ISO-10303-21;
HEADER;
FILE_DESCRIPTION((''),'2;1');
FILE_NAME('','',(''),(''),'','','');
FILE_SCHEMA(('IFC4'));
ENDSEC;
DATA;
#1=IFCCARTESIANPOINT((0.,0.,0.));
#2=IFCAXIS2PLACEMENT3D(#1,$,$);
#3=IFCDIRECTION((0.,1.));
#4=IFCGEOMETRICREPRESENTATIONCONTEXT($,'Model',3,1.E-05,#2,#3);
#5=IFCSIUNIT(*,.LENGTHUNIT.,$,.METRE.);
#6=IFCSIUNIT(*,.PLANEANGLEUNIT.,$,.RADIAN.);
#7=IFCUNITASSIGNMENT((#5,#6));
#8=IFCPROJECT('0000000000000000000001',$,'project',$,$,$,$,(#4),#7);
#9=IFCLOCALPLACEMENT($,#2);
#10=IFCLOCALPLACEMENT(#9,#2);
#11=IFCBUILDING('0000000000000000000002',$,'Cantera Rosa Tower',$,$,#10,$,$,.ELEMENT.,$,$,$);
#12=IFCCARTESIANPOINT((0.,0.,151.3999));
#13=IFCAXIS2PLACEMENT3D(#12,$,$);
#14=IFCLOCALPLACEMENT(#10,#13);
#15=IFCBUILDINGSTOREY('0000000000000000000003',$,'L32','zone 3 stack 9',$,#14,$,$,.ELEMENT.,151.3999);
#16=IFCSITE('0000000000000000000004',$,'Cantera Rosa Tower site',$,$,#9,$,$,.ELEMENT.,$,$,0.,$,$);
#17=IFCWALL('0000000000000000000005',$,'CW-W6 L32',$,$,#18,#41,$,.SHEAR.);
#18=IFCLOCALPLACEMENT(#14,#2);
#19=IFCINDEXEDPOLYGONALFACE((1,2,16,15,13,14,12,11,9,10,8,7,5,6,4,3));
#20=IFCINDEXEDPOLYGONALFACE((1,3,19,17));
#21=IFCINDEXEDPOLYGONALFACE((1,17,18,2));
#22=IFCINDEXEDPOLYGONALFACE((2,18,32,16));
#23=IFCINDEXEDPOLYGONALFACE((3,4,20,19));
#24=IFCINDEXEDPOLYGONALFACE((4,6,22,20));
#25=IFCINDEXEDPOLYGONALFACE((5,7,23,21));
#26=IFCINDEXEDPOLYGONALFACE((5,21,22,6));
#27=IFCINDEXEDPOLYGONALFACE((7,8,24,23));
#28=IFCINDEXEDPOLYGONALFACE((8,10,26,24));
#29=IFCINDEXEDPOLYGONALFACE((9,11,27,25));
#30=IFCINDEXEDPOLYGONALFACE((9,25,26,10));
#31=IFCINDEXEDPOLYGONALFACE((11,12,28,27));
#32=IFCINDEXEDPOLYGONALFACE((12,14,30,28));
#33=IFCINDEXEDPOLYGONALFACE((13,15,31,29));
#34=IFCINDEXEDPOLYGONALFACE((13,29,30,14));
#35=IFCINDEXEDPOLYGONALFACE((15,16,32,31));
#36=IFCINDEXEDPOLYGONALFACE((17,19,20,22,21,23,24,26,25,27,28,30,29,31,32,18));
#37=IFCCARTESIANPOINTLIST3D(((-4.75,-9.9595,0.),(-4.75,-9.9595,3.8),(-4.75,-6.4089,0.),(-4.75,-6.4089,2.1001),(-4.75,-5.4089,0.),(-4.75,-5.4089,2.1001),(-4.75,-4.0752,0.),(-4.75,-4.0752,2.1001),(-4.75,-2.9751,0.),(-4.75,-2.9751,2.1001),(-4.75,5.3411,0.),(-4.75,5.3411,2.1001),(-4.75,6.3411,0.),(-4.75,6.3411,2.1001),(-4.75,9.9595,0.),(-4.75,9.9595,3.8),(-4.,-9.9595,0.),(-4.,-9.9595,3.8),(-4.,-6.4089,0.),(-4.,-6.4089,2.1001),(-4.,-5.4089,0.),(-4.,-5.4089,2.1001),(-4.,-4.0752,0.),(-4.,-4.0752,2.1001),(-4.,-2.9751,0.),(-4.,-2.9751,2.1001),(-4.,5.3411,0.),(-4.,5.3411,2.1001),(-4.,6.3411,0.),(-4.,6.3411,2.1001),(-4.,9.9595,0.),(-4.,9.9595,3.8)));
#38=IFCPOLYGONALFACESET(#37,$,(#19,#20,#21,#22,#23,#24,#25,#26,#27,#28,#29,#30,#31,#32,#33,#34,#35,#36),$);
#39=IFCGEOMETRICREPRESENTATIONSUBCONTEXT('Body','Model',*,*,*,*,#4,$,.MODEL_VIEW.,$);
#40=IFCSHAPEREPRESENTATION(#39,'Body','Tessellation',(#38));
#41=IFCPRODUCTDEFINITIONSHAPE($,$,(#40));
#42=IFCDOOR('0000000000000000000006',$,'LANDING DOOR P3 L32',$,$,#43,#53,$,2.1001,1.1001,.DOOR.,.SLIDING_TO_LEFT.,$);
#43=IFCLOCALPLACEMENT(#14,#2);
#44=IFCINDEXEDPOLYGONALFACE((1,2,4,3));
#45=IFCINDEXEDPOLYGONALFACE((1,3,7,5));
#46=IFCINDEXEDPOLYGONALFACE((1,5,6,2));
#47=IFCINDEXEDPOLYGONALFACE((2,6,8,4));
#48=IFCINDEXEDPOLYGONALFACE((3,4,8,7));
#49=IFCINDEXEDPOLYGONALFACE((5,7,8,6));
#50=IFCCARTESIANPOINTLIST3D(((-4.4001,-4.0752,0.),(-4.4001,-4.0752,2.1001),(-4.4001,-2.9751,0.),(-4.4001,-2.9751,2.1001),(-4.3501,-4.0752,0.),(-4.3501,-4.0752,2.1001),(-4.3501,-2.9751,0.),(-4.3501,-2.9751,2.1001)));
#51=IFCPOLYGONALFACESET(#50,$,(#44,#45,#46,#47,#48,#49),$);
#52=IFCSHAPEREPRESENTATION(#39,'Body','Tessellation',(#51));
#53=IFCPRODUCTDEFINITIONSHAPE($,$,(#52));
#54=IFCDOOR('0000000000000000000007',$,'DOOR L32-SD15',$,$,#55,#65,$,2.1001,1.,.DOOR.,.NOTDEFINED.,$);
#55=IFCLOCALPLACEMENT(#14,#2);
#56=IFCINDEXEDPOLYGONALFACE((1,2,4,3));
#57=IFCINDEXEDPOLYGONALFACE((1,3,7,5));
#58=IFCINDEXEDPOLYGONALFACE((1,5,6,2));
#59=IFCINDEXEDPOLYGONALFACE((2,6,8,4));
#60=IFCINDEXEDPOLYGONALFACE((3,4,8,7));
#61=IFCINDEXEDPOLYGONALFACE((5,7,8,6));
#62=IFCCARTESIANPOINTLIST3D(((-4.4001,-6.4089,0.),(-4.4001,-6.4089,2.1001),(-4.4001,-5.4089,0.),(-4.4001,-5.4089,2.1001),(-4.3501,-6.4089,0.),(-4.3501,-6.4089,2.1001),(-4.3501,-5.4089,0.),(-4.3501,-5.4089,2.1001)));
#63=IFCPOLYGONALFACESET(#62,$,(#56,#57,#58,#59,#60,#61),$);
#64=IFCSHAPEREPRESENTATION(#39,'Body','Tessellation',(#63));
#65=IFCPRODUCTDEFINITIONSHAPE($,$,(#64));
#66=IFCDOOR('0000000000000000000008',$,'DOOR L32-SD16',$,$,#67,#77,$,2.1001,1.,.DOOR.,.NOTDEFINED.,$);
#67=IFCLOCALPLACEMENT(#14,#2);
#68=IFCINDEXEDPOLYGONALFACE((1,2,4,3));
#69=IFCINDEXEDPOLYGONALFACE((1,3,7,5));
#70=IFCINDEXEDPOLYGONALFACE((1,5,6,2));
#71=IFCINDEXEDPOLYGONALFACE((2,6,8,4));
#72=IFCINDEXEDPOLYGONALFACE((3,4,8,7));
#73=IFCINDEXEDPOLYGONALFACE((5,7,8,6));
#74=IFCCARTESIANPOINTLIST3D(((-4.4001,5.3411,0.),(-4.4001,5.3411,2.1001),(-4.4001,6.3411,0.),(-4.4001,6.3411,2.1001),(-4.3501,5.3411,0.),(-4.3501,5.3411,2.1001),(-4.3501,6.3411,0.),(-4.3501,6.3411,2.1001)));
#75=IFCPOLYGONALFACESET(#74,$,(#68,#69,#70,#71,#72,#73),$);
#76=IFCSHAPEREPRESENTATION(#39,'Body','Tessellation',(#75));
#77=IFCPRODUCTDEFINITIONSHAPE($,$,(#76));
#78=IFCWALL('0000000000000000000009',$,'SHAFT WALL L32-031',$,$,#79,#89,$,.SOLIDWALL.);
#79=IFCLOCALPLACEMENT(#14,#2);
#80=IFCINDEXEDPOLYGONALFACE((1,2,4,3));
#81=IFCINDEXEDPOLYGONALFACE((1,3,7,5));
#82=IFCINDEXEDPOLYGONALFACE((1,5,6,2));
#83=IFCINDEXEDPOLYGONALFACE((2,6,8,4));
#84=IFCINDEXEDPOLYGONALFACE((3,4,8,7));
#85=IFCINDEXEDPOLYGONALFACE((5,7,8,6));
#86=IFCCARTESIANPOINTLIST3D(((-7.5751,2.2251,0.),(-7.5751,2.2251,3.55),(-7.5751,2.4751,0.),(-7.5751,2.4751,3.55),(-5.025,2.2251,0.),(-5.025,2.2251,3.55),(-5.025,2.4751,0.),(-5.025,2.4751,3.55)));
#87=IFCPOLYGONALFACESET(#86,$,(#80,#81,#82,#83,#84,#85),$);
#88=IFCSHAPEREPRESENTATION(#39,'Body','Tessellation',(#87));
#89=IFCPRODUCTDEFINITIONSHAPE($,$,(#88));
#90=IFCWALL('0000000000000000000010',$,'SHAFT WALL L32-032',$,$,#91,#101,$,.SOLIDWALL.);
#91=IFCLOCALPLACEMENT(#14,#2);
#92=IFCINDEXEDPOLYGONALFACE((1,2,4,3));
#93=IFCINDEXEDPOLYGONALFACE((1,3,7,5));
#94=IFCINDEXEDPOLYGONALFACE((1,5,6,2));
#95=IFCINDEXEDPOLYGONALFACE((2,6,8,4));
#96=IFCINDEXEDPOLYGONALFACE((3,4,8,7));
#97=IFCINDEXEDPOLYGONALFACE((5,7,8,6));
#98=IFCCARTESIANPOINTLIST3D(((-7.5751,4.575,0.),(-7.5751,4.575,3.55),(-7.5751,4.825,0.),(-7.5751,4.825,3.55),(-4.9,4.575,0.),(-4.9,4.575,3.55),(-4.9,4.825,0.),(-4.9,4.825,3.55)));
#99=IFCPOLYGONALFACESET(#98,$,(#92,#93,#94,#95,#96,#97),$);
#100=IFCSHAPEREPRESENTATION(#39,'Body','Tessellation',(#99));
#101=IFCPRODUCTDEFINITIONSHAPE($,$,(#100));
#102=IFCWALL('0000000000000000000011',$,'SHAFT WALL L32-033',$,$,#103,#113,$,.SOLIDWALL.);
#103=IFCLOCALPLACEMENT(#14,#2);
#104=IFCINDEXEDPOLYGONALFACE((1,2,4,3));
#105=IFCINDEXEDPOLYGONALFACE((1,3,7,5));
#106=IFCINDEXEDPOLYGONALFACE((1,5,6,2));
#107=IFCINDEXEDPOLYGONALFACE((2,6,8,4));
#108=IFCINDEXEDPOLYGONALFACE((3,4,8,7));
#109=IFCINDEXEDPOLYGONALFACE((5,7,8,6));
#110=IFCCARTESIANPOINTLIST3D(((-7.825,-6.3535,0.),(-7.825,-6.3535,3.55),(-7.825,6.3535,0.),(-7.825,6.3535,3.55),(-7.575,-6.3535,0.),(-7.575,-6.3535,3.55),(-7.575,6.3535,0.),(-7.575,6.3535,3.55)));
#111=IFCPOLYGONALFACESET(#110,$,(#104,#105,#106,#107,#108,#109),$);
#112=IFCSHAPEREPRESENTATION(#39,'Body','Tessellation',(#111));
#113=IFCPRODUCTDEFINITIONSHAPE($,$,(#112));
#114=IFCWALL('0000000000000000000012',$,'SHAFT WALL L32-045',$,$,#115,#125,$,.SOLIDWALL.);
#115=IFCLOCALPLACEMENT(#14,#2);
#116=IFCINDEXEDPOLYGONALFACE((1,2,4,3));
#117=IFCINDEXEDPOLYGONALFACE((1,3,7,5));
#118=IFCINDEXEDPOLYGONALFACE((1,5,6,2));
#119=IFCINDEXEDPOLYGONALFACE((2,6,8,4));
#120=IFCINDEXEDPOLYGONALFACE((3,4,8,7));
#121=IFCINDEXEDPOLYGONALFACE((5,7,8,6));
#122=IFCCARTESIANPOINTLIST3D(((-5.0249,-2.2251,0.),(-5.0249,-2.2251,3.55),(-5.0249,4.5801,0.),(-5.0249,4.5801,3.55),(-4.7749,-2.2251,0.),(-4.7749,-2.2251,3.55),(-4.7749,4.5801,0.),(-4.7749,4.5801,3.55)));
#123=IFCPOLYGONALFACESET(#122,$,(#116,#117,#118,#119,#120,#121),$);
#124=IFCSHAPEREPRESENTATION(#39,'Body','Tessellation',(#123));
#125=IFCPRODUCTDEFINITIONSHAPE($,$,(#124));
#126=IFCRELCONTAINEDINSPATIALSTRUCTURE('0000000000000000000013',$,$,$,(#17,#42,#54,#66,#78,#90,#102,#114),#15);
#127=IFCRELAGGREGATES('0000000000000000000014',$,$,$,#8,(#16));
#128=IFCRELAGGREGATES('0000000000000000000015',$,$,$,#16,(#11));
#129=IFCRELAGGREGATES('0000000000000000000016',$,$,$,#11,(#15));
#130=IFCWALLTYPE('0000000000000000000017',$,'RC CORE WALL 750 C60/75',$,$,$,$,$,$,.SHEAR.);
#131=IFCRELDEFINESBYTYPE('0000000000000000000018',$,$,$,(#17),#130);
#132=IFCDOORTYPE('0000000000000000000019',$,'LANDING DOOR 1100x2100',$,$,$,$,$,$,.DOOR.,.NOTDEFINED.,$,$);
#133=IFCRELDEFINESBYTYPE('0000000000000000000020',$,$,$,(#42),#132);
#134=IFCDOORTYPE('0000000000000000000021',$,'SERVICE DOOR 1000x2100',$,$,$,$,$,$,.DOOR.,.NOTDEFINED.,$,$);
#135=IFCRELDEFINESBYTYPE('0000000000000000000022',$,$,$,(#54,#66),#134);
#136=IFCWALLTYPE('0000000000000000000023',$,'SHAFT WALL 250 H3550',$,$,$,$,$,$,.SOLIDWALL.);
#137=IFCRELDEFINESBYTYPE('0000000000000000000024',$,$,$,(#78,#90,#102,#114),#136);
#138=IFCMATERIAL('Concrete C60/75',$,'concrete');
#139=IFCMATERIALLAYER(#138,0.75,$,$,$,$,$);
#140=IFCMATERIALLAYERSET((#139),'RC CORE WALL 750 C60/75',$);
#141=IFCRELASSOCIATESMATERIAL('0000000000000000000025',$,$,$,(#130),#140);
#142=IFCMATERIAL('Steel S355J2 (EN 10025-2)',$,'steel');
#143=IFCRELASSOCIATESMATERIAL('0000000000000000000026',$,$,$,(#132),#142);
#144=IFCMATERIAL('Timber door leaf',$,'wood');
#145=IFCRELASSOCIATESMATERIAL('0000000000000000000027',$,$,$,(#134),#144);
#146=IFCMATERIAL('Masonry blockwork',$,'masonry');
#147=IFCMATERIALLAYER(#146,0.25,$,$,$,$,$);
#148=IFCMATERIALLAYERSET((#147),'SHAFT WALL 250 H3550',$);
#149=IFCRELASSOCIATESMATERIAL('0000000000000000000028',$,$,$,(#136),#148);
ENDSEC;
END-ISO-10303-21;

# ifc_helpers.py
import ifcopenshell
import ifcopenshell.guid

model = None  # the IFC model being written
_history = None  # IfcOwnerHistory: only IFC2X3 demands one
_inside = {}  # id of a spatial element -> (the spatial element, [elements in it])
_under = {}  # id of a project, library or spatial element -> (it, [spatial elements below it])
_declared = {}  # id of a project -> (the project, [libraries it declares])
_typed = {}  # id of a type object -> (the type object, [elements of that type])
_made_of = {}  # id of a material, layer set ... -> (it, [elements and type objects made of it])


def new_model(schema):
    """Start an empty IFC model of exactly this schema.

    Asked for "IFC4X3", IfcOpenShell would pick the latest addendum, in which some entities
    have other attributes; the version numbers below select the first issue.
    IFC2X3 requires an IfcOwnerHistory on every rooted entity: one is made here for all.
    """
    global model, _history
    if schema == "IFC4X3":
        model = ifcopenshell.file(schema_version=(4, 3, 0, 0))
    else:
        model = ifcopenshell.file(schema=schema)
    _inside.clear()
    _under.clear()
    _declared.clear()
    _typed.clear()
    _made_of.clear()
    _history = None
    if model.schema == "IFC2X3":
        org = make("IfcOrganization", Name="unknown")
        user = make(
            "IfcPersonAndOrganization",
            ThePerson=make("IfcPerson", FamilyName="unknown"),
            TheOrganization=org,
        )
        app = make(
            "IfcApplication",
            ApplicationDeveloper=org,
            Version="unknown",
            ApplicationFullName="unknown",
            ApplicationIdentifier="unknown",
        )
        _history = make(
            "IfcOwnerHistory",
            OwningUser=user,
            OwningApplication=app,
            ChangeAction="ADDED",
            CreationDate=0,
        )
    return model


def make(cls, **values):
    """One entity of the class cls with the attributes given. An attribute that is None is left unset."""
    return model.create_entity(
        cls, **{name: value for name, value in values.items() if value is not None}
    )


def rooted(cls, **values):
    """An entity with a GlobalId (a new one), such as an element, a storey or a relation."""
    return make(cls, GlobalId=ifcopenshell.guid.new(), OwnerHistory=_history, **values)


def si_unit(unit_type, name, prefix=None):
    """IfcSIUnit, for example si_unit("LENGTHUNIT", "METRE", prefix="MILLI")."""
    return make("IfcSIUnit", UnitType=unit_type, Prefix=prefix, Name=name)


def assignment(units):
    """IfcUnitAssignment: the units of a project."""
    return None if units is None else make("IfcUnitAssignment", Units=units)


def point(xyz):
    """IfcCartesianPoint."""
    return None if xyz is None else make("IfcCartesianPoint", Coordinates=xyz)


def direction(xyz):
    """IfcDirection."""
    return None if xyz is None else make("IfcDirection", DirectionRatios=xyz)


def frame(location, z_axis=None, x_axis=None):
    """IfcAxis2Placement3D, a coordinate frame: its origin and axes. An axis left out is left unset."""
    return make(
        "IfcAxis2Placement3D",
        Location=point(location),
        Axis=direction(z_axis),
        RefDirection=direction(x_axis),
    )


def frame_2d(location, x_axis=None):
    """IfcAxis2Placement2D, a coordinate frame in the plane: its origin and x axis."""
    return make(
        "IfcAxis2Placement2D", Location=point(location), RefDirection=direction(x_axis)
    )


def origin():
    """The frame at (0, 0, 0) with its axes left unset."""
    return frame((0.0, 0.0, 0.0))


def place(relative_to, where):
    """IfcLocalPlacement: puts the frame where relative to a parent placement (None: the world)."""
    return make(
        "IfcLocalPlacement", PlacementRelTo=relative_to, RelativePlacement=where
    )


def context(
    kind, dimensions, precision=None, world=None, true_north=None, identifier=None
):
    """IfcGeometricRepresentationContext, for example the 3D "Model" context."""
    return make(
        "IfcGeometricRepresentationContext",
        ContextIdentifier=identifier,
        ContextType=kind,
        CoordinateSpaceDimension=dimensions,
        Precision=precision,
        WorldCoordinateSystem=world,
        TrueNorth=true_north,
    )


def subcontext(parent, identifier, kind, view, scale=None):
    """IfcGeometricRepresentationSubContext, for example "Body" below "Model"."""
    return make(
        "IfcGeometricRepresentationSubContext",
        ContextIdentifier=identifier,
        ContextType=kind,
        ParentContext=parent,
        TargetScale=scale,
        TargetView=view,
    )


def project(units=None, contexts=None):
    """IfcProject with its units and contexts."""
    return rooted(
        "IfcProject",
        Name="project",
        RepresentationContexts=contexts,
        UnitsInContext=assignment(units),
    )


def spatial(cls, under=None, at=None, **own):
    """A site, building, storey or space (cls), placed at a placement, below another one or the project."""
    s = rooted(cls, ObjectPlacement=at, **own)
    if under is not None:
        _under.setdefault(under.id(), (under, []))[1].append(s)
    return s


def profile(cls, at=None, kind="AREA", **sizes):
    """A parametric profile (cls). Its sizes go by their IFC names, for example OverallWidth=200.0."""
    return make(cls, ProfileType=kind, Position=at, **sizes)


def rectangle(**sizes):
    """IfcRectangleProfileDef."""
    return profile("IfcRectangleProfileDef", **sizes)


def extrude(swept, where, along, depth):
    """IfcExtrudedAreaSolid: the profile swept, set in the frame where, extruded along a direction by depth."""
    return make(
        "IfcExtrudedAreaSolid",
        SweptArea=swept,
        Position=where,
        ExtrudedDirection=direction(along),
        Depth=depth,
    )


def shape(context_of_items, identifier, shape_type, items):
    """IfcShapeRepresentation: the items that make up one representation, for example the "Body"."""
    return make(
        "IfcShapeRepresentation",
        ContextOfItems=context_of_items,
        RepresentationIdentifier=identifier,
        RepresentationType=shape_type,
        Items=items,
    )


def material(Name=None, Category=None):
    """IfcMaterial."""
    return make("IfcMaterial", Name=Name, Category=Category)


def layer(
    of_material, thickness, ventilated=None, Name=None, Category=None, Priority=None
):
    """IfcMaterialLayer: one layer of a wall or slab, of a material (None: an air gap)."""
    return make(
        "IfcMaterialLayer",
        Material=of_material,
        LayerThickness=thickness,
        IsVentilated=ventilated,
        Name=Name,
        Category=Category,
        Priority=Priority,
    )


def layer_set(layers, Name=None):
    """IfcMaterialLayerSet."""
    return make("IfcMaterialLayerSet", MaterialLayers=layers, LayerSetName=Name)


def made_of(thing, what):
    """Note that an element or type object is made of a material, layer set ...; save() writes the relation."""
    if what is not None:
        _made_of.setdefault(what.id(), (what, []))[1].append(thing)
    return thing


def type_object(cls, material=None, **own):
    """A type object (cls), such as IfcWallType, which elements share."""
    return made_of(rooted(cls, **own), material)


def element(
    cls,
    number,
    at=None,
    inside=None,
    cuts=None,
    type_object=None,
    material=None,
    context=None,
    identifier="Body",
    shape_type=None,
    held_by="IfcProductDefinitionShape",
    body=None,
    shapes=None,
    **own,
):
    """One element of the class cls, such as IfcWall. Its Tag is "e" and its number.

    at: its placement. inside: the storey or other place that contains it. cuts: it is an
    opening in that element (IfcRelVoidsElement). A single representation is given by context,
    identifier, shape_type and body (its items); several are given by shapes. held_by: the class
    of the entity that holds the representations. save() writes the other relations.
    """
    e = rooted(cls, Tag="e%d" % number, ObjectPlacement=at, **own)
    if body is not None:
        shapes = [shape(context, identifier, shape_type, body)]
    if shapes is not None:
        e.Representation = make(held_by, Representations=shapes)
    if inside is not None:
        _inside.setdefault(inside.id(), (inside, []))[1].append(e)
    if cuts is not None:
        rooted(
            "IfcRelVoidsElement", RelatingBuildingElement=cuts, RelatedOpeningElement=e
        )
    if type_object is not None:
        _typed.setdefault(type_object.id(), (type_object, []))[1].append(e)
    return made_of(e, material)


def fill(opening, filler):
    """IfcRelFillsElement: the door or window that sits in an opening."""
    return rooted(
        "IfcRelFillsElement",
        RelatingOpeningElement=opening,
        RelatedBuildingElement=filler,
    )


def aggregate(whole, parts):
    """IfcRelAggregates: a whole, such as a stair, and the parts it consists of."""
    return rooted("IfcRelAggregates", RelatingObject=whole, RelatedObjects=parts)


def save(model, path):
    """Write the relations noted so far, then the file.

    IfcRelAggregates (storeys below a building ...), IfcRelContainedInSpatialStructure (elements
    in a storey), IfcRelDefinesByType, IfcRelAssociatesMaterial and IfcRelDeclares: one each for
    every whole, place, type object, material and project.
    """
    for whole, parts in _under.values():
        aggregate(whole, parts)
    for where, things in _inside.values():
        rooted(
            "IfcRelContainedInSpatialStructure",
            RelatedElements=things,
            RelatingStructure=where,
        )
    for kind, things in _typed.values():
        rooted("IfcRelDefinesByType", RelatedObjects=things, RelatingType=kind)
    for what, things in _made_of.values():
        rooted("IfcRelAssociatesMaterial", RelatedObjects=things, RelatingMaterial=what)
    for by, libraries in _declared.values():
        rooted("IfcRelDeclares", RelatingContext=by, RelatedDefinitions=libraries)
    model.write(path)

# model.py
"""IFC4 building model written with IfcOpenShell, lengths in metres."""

from ifc_helpers import new_model, si_unit, direction, frame, frame_2d, origin, place, context, subcontext, project, spatial, rectangle, extrude, material, layer, layer_set, type_object, element, fill, save


model = new_model("IFC4")

# Units and contexts
model_context = context("Model", 3, precision=1e-05, world=origin(), true_north=direction((0.0, 1.0)))
body_context = subcontext(model_context, "Body", "Model", "MODEL_VIEW")
ifc_project = project(units=[si_unit("LENGTHUNIT", "METRE"), si_unit("PLANEANGLEUNIT", "RADIAN")], contexts=[model_context])

# Site, building, storey
site_placement = place(None, origin())
site = spatial("IfcSite", under=ifc_project, at=site_placement, Name="Cantera Rosa Tower site", CompositionType="ELEMENT", RefElevation=0.0)
building_placement = place(site_placement, origin())
building = spatial("IfcBuilding", under=site, at=building_placement, Name="Cantera Rosa Tower", CompositionType="ELEMENT")
storey_placement = place(building_placement, frame((0.0, 0.0, 151.3999)))
storey = spatial("IfcBuildingStorey", under=building, at=storey_placement, Name="L32", Description="zone 3 stack 9", CompositionType="ELEMENT", Elevation=151.3999)

# Shared definitions
ifc_material_1 = material(Name="Concrete C60/75", Category="concrete")
ifc_layer_1 = layer(ifc_material_1, 0.75)
ifc_layer_set_1 = layer_set([ifc_layer_1], Name="RC CORE WALL 750 C60/75")
wall_type_1 = type_object("IfcWallType", Name="RC CORE WALL 750 C60/75", PredefinedType="SHEAR", material=ifc_layer_set_1)

# Wall, openings, doors
wall_1_placement = place(storey_placement, frame((-4.375, 9.9595, 0.0), z_axis=(0.0, 0.0, 1.0), x_axis=(0.0, -1.0, 0.0)))
wall_1 = element("IfcWall", 1, at=wall_1_placement, inside=storey, type_object=wall_type_1, Name="CW-W6 L32", PredefinedType="SHEAR", context=body_context, shape_type="SweptSolid", body=[
    extrude(rectangle(XDim=19.9189, YDim=0.75, at=frame_2d((9.9595, 0.0))), origin(), (0.0, 0.0, 1.0), 3.8),
])
opening_1_placement = place(wall_1_placement, frame((12.9346, 0.0, 0.0)))
opening_1 = element("IfcOpeningElement", 2, at=opening_1_placement, cuts=wall_1, PredefinedType="OPENING", context=body_context, shape_type="SweptSolid", body=[
    extrude(rectangle(XDim=1.1001, YDim=2.1001, at=frame_2d((0.55, 1.05))), frame((0.0, 0.385, 0.0), z_axis=(0.0, -1.0, 0.0), x_axis=(1.0, 0.0, 0.0)), (0.0, 0.0, 1.0), 0.77),
])
opening_2_placement = place(wall_1_placement, frame((15.3684, 0.0, 0.0)))
opening_2 = element("IfcOpeningElement", 3, at=opening_2_placement, cuts=wall_1, PredefinedType="OPENING", context=body_context, shape_type="SweptSolid", body=[
    extrude(rectangle(XDim=1.0, YDim=2.1001, at=frame_2d((0.5, 1.05))), frame((0.0, 0.385, 0.0), z_axis=(0.0, -1.0, 0.0), x_axis=(1.0, 0.0, 0.0)), (0.0, 0.0, 1.0), 0.77),
])
opening_3_placement = place(wall_1_placement, frame((3.6184, 0.0, 0.0)))
opening_3 = element("IfcOpeningElement", 4, at=opening_3_placement, cuts=wall_1, PredefinedType="OPENING", context=body_context, shape_type="SweptSolid", body=[
    extrude(rectangle(XDim=1.0, YDim=2.1001, at=frame_2d((0.5, 1.05))), frame((0.0, 0.385, 0.0), z_axis=(0.0, -1.0, 0.0), x_axis=(1.0, 0.0, 0.0)), (0.0, 0.0, 1.0), 0.77),
])
ifc_material_2 = material(Name="Steel S355J2 (EN 10025-2)", Category="steel")
door_type_1 = type_object("IfcDoorType", Name="LANDING DOOR 1100x2100", OperationType="NOTDEFINED", PredefinedType="DOOR", material=ifc_material_2)
door_1_placement = place(opening_1_placement, origin())
door_1 = element("IfcDoor", 5, at=door_1_placement, inside=storey, type_object=door_type_1, Name="LANDING DOOR P3 L32", OperationType="SLIDING_TO_LEFT", OverallHeight=2.1001, OverallWidth=1.1001, PredefinedType="DOOR", context=body_context, shape_type="SweptSolid", body=[
    extrude(rectangle(XDim=1.1001, YDim=2.1001, at=frame_2d((0.55, 1.05))), frame((0.0, 0.0249, 0.0), z_axis=(0.0, -1.0, 0.0), x_axis=(1.0, 0.0, 0.0)), (0.0, 0.0, 1.0), 0.05),
])
fill(opening_1, door_1)
ifc_material_3 = material(Name="Timber door leaf", Category="wood")
door_type_2 = type_object("IfcDoorType", Name="SERVICE DOOR 1000x2100", OperationType="NOTDEFINED", PredefinedType="DOOR", material=ifc_material_3)
door_2_placement = place(opening_2_placement, origin())
door_2 = element("IfcDoor", 6, at=door_2_placement, inside=storey, type_object=door_type_2, Name="DOOR L32-SD15", OperationType="NOTDEFINED", OverallHeight=2.1001, OverallWidth=1.0, PredefinedType="DOOR", context=body_context, shape_type="SweptSolid", body=[
    extrude(rectangle(XDim=1.0, YDim=2.1001, at=frame_2d((0.5, 1.05))), frame((0.0, 0.0249, 0.0), z_axis=(0.0, -1.0, 0.0), x_axis=(1.0, 0.0, 0.0)), (0.0, 0.0, 1.0), 0.05),
])
fill(opening_2, door_2)
door_3_placement = place(opening_3_placement, origin())
door_3 = element("IfcDoor", 7, at=door_3_placement, inside=storey, type_object=door_type_2, Name="DOOR L32-SD16", OperationType="NOTDEFINED", OverallHeight=2.1001, OverallWidth=1.0, PredefinedType="DOOR", context=body_context, shape_type="SweptSolid", body=[
    extrude(rectangle(XDim=1.0, YDim=2.1001, at=frame_2d((0.5, 1.05))), frame((0.0, 0.0249, 0.0), z_axis=(0.0, -1.0, 0.0), x_axis=(1.0, 0.0, 0.0)), (0.0, 0.0, 1.0), 0.05),
])
fill(opening_3, door_3)

# Walls
ifc_material_4 = material(Name="Masonry blockwork", Category="masonry")
ifc_layer_2 = layer(ifc_material_4, 0.25)
ifc_layer_set_2 = layer_set([ifc_layer_2], Name="SHAFT WALL 250 H3550")
wall_type_2 = type_object("IfcWallType", Name="SHAFT WALL 250 H3550", PredefinedType="SOLIDWALL", material=ifc_layer_set_2)
wall_2_placement = place(storey_placement, frame((-7.575, 2.3501, 0.0), z_axis=(0.0, 0.0, 1.0), x_axis=(1.0, 0.0, 0.0)))
element("IfcWall", 8, at=wall_2_placement, inside=storey, type_object=wall_type_2, Name="SHAFT WALL L32-031", PredefinedType="SOLIDWALL", context=body_context, shape_type="SweptSolid", body=[
    extrude(rectangle(XDim=2.55, YDim=0.25, at=frame_2d((1.2749, 0.0))), origin(), (0.0, 0.0, 1.0), 3.55),
])
wall_3_placement = place(storey_placement, frame((-7.575, 4.7, 0.0), z_axis=(0.0, 0.0, 1.0), x_axis=(1.0, 0.0, 0.0)))
element("IfcWall", 9, at=wall_3_placement, inside=storey, type_object=wall_type_2, Name="SHAFT WALL L32-032", PredefinedType="SOLIDWALL", context=body_context, shape_type="SweptSolid", body=[
    extrude(rectangle(XDim=2.675, YDim=0.25, at=frame_2d((1.3374, 0.0))), origin(), (0.0, 0.0, 1.0), 3.55),
])
wall_4_placement = place(storey_placement, frame((-7.7, 6.3535, 0.0), z_axis=(0.0, 0.0, 1.0), x_axis=(0.0, -1.0, 0.0)))
element("IfcWall", 10, at=wall_4_placement, inside=storey, type_object=wall_type_2, Name="SHAFT WALL L32-033", PredefinedType="SOLIDWALL", context=body_context, shape_type="SweptSolid", body=[
    extrude(rectangle(XDim=12.707, YDim=0.25, at=frame_2d((6.3535, 0.0))), origin(), (0.0, 0.0, 1.0), 3.55),
])
wall_5_placement = place(storey_placement, frame((-4.8999, 4.5801, 0.0), z_axis=(0.0, 0.0, 1.0), x_axis=(0.0, -1.0, 0.0)))
element("IfcWall", 11, at=wall_5_placement, inside=storey, type_object=wall_type_2, Name="SHAFT WALL L32-045", PredefinedType="SOLIDWALL", context=body_context, shape_type="SweptSolid", body=[
    extrude(rectangle(XDim=6.8052, YDim=0.25, at=frame_2d((3.4026, 0.0))), origin(), (0.0, 0.0, 1.0), 3.55),
])

save(model, "model.ifc")
